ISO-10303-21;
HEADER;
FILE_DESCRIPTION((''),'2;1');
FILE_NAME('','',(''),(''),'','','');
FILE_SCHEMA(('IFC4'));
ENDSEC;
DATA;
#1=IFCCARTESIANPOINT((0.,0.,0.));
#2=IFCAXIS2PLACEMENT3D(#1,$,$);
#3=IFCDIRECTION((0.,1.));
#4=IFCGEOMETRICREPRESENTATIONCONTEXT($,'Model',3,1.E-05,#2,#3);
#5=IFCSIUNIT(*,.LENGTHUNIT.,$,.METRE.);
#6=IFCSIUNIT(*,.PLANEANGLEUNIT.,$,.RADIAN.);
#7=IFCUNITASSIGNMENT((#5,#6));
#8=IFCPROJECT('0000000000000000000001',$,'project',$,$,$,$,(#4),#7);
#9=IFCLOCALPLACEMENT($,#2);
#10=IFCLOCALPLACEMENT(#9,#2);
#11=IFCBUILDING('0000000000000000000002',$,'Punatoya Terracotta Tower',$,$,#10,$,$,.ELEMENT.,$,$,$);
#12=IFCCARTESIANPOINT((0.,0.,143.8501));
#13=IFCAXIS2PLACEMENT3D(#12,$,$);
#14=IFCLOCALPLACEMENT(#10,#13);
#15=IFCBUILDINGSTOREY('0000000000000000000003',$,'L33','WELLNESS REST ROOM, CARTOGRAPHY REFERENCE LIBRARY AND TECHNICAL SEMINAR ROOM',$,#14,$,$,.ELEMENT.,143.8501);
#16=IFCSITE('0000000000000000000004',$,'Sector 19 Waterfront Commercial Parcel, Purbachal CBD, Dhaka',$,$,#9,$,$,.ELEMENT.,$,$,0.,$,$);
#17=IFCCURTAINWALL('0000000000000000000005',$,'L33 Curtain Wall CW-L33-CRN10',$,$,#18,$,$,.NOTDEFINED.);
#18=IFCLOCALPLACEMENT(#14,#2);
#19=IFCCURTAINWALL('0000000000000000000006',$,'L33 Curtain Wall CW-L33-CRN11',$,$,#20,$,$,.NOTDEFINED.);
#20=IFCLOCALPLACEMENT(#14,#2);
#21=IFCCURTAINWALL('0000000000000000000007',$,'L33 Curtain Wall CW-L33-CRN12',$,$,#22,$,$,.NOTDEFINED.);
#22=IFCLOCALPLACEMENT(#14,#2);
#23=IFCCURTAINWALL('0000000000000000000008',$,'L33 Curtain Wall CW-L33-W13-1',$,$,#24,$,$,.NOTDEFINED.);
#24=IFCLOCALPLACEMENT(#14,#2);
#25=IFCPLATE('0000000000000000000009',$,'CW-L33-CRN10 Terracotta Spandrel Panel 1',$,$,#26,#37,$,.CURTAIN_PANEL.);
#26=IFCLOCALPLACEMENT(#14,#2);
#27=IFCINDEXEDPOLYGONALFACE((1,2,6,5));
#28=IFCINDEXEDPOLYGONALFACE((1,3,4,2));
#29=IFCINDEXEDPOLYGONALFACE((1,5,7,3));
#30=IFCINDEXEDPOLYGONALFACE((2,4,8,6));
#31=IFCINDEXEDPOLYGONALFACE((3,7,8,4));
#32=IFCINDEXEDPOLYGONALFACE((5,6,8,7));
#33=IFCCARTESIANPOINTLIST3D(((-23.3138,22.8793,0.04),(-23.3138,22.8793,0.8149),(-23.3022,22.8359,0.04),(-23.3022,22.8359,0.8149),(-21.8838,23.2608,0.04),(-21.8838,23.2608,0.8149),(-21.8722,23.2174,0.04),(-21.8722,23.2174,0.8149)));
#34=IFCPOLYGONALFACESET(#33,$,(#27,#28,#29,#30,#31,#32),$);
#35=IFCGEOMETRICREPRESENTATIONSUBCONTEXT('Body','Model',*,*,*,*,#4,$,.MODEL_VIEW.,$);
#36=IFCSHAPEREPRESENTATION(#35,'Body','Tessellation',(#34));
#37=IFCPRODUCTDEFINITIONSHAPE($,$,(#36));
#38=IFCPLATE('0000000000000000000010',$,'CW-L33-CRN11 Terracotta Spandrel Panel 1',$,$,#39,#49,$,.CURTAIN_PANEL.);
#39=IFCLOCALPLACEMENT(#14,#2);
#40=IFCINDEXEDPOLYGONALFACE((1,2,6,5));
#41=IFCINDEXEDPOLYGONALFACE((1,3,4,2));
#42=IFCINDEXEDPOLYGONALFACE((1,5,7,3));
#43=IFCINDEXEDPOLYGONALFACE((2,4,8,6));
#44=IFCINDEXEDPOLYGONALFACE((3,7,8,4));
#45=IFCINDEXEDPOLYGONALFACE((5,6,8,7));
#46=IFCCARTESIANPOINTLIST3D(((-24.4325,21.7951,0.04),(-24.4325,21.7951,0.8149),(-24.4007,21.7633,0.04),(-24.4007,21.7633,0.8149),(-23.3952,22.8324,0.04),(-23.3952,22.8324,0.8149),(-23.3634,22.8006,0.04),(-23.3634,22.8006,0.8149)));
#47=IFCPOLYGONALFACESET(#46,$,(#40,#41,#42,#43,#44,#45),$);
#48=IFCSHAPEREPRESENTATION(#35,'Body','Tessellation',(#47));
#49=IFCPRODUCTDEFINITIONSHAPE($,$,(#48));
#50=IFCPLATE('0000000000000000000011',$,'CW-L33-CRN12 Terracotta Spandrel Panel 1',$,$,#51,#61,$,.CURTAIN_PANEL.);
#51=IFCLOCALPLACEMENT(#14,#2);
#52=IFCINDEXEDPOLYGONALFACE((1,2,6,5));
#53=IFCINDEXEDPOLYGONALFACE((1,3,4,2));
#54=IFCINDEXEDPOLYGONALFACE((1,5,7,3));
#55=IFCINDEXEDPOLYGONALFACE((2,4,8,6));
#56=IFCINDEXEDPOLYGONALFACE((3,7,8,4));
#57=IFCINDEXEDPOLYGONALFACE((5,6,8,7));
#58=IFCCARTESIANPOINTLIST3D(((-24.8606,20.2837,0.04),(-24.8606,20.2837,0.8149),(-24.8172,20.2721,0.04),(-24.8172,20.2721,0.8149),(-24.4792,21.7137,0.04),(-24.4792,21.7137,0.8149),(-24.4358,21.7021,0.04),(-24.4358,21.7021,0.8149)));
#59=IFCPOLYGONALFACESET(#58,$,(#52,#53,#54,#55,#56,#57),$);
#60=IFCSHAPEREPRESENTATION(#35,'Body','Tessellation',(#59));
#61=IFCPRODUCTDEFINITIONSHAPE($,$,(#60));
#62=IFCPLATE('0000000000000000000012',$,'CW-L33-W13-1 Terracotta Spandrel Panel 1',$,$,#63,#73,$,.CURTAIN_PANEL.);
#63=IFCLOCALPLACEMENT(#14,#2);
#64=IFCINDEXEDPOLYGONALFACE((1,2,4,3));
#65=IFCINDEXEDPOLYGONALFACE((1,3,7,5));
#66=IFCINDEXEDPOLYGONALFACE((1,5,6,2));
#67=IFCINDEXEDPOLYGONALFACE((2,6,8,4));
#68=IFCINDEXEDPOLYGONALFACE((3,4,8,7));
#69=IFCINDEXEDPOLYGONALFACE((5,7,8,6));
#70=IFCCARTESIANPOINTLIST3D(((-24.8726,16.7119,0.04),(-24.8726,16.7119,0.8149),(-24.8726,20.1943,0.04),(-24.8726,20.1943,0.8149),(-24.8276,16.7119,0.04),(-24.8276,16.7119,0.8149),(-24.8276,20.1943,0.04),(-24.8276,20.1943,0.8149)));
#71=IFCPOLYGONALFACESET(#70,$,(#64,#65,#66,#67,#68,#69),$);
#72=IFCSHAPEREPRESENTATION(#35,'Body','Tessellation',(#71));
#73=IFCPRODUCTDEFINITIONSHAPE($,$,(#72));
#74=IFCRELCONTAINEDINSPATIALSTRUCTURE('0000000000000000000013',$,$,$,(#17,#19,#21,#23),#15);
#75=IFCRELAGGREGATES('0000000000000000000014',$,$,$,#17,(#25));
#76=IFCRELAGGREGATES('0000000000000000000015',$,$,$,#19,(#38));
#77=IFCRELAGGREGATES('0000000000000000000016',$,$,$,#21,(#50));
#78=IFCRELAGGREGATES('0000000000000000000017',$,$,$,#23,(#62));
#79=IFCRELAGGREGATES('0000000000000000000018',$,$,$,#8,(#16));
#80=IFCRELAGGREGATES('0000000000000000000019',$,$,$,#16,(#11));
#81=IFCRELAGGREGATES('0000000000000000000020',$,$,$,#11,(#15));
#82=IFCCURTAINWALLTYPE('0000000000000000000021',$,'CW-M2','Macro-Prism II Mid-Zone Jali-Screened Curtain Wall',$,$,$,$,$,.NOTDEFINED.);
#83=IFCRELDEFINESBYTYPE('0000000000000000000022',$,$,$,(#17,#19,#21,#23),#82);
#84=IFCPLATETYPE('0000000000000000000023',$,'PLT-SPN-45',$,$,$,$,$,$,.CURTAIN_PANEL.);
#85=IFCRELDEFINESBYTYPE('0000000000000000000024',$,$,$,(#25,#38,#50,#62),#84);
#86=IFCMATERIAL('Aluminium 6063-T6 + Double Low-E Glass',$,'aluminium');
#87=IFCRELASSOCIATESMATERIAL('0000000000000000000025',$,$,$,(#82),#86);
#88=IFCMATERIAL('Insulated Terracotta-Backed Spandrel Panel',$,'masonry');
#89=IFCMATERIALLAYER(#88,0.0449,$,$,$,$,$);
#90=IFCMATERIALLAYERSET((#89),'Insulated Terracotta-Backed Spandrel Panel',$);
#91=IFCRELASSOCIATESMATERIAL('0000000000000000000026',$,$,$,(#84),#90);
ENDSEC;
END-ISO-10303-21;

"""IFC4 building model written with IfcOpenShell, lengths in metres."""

from ifc_helpers import new_model, si_unit, direction, frame, origin, origin_2d, place, context, subcontext, project, spatial, rectangle, extrude, material, layer, layer_set, type_object, element, aggregate, save


model = new_model("IFC4")

# Units and contexts
model_context = context("Model", 3, precision=1e-05, world=origin(), true_north=direction((0.0, 1.0)))
body_context = subcontext(model_context, "Body", "Model", "MODEL_VIEW")
ifc_project = project(units=[si_unit("LENGTHUNIT", "METRE"), si_unit("PLANEANGLEUNIT", "RADIAN")], contexts=[model_context])

# Site, building, storey
site_placement = place(None, origin())
site = spatial("IfcSite", under=ifc_project, at=site_placement, Name="Sector 19 Waterfront Commercial Parcel, Purbachal CBD, Dhaka", CompositionType="ELEMENT", RefElevation=0.0)
building_placement = place(site_placement, origin())
building = spatial("IfcBuilding", under=site, at=building_placement, Name="Punatoya Terracotta Tower", CompositionType="ELEMENT")
storey_placement = place(building_placement, frame((0.0, 0.0, 143.8501)))
storey = spatial("IfcBuildingStorey", under=building, at=storey_placement, Name="L33", Description="WELLNESS REST ROOM, CARTOGRAPHY REFERENCE LIBRARY AND TECHNICAL SEMINAR ROOM", CompositionType="ELEMENT", Elevation=143.8501)

# Curtain walls
ifc_material_1 = material(Name="Aluminium 6063-T6 + Double Low-E Glass", Category="aluminium")
curtain_wall_type = type_object("IfcCurtainWallType", Name="CW-M2", Description="Macro-Prism II Mid-Zone Jali-Screened Curtain Wall", PredefinedType="NOTDEFINED", material=ifc_material_1)
curtain_wall_1_placement = place(storey_placement, origin())
curtain_wall_1 = element("IfcCurtainWall", 1, at=curtain_wall_1_placement, inside=storey, type_object=curtain_wall_type, Name="L33 Curtain Wall CW-L33-CRN10", PredefinedType="NOTDEFINED")
curtain_wall_2_placement = place(storey_placement, origin())
curtain_wall_2 = element("IfcCurtainWall", 2, at=curtain_wall_2_placement, inside=storey, type_object=curtain_wall_type, Name="L33 Curtain Wall CW-L33-CRN11", PredefinedType="NOTDEFINED")
curtain_wall_3_placement = place(storey_placement, origin())
curtain_wall_3 = element("IfcCurtainWall", 3, at=curtain_wall_3_placement, inside=storey, type_object=curtain_wall_type, Name="L33 Curtain Wall CW-L33-CRN12", PredefinedType="NOTDEFINED")

# Curtain wall
curtain_wall_4_placement = place(storey_placement, origin())
curtain_wall_4 = element("IfcCurtainWall", 4, at=curtain_wall_4_placement, inside=storey, type_object=curtain_wall_type, Name="L33 Curtain Wall CW-L33-W13-1", PredefinedType="NOTDEFINED")

# Plates
ifc_material_2 = material(Name="Insulated Terracotta-Backed Spandrel Panel", Category="masonry")
ifc_layer_1 = layer(ifc_material_2, 0.0449)
ifc_layer_set_1 = layer_set([ifc_layer_1], Name="Insulated Terracotta-Backed Spandrel Panel")
plate_type_1 = type_object("IfcPlateType", Name="PLT-SPN-45", PredefinedType="CURTAIN_PANEL", material=ifc_layer_set_1)
plate_1_placement = place(storey_placement, frame((-22.593, 23.0483, 0.04), z_axis=(0.0, 0.0, 1.0), x_axis=(-0.966214, -0.257742, 0.0)))
plate_1 = element("IfcPlate", 5, at=plate_1_placement, type_object=plate_type_1, Name="CW-L33-CRN10 Terracotta Spandrel Panel 1", PredefinedType="CURTAIN_PANEL", context=body_context, shape_type="SweptSolid", body=[
    extrude(rectangle(XDim=1.48, YDim=0.0449, at=origin_2d()), origin(), (0.0, 0.0, 1.0), 0.7749),
])
aggregate(curtain_wall_1, [plate_1])
plate_2_placement = place(storey_placement, frame((-23.8979, 22.2979, 0.04), z_axis=(0.0, 0.0, 1.0), x_axis=(-0.707107, -0.707107, 0.0)))
plate_2 = element("IfcPlate", 6, at=plate_2_placement, type_object=plate_type_1, Name="CW-L33-CRN11 Terracotta Spandrel Panel 1", PredefinedType="CURTAIN_PANEL", context=body_context, shape_type="SweptSolid", body=[
    extrude(rectangle(XDim=1.467, YDim=0.0449, at=origin_2d()), origin(), (0.0, 0.0, 1.0), 0.7749),
])
aggregate(curtain_wall_2, [plate_2])
plate_3_placement = place(storey_placement, frame((-24.6482, 20.9929, 0.04), z_axis=(0.0, 0.0, 1.0), x_axis=(-0.257742, -0.966214, 0.0)))
plate_3 = element("IfcPlate", 7, at=plate_3_placement, type_object=plate_type_1, Name="CW-L33-CRN12 Terracotta Spandrel Panel 1", PredefinedType="CURTAIN_PANEL", context=body_context, shape_type="SweptSolid", body=[
    extrude(rectangle(XDim=1.48, YDim=0.0449, at=origin_2d()), origin(), (0.0, 0.0, 1.0), 0.7749),
])
aggregate(curtain_wall_3, [plate_3])
plate_4_placement = place(storey_placement, frame((-24.8501, 18.4531, 0.04), z_axis=(0.0, 0.0, 1.0), x_axis=(0.0, -1.0, 0.0)))
plate_4 = element("IfcPlate", 8, at=plate_4_placement, type_object=plate_type_1, Name="CW-L33-W13-1 Terracotta Spandrel Panel 1", PredefinedType="CURTAIN_PANEL", context=body_context, shape_type="SweptSolid", body=[
    extrude(rectangle(XDim=3.4824, YDim=0.0449, at=origin_2d()), origin(), (0.0, 0.0, 1.0), 0.7749),
])
aggregate(curtain_wall_4, [plate_4])

save(model, "model.ifc")
